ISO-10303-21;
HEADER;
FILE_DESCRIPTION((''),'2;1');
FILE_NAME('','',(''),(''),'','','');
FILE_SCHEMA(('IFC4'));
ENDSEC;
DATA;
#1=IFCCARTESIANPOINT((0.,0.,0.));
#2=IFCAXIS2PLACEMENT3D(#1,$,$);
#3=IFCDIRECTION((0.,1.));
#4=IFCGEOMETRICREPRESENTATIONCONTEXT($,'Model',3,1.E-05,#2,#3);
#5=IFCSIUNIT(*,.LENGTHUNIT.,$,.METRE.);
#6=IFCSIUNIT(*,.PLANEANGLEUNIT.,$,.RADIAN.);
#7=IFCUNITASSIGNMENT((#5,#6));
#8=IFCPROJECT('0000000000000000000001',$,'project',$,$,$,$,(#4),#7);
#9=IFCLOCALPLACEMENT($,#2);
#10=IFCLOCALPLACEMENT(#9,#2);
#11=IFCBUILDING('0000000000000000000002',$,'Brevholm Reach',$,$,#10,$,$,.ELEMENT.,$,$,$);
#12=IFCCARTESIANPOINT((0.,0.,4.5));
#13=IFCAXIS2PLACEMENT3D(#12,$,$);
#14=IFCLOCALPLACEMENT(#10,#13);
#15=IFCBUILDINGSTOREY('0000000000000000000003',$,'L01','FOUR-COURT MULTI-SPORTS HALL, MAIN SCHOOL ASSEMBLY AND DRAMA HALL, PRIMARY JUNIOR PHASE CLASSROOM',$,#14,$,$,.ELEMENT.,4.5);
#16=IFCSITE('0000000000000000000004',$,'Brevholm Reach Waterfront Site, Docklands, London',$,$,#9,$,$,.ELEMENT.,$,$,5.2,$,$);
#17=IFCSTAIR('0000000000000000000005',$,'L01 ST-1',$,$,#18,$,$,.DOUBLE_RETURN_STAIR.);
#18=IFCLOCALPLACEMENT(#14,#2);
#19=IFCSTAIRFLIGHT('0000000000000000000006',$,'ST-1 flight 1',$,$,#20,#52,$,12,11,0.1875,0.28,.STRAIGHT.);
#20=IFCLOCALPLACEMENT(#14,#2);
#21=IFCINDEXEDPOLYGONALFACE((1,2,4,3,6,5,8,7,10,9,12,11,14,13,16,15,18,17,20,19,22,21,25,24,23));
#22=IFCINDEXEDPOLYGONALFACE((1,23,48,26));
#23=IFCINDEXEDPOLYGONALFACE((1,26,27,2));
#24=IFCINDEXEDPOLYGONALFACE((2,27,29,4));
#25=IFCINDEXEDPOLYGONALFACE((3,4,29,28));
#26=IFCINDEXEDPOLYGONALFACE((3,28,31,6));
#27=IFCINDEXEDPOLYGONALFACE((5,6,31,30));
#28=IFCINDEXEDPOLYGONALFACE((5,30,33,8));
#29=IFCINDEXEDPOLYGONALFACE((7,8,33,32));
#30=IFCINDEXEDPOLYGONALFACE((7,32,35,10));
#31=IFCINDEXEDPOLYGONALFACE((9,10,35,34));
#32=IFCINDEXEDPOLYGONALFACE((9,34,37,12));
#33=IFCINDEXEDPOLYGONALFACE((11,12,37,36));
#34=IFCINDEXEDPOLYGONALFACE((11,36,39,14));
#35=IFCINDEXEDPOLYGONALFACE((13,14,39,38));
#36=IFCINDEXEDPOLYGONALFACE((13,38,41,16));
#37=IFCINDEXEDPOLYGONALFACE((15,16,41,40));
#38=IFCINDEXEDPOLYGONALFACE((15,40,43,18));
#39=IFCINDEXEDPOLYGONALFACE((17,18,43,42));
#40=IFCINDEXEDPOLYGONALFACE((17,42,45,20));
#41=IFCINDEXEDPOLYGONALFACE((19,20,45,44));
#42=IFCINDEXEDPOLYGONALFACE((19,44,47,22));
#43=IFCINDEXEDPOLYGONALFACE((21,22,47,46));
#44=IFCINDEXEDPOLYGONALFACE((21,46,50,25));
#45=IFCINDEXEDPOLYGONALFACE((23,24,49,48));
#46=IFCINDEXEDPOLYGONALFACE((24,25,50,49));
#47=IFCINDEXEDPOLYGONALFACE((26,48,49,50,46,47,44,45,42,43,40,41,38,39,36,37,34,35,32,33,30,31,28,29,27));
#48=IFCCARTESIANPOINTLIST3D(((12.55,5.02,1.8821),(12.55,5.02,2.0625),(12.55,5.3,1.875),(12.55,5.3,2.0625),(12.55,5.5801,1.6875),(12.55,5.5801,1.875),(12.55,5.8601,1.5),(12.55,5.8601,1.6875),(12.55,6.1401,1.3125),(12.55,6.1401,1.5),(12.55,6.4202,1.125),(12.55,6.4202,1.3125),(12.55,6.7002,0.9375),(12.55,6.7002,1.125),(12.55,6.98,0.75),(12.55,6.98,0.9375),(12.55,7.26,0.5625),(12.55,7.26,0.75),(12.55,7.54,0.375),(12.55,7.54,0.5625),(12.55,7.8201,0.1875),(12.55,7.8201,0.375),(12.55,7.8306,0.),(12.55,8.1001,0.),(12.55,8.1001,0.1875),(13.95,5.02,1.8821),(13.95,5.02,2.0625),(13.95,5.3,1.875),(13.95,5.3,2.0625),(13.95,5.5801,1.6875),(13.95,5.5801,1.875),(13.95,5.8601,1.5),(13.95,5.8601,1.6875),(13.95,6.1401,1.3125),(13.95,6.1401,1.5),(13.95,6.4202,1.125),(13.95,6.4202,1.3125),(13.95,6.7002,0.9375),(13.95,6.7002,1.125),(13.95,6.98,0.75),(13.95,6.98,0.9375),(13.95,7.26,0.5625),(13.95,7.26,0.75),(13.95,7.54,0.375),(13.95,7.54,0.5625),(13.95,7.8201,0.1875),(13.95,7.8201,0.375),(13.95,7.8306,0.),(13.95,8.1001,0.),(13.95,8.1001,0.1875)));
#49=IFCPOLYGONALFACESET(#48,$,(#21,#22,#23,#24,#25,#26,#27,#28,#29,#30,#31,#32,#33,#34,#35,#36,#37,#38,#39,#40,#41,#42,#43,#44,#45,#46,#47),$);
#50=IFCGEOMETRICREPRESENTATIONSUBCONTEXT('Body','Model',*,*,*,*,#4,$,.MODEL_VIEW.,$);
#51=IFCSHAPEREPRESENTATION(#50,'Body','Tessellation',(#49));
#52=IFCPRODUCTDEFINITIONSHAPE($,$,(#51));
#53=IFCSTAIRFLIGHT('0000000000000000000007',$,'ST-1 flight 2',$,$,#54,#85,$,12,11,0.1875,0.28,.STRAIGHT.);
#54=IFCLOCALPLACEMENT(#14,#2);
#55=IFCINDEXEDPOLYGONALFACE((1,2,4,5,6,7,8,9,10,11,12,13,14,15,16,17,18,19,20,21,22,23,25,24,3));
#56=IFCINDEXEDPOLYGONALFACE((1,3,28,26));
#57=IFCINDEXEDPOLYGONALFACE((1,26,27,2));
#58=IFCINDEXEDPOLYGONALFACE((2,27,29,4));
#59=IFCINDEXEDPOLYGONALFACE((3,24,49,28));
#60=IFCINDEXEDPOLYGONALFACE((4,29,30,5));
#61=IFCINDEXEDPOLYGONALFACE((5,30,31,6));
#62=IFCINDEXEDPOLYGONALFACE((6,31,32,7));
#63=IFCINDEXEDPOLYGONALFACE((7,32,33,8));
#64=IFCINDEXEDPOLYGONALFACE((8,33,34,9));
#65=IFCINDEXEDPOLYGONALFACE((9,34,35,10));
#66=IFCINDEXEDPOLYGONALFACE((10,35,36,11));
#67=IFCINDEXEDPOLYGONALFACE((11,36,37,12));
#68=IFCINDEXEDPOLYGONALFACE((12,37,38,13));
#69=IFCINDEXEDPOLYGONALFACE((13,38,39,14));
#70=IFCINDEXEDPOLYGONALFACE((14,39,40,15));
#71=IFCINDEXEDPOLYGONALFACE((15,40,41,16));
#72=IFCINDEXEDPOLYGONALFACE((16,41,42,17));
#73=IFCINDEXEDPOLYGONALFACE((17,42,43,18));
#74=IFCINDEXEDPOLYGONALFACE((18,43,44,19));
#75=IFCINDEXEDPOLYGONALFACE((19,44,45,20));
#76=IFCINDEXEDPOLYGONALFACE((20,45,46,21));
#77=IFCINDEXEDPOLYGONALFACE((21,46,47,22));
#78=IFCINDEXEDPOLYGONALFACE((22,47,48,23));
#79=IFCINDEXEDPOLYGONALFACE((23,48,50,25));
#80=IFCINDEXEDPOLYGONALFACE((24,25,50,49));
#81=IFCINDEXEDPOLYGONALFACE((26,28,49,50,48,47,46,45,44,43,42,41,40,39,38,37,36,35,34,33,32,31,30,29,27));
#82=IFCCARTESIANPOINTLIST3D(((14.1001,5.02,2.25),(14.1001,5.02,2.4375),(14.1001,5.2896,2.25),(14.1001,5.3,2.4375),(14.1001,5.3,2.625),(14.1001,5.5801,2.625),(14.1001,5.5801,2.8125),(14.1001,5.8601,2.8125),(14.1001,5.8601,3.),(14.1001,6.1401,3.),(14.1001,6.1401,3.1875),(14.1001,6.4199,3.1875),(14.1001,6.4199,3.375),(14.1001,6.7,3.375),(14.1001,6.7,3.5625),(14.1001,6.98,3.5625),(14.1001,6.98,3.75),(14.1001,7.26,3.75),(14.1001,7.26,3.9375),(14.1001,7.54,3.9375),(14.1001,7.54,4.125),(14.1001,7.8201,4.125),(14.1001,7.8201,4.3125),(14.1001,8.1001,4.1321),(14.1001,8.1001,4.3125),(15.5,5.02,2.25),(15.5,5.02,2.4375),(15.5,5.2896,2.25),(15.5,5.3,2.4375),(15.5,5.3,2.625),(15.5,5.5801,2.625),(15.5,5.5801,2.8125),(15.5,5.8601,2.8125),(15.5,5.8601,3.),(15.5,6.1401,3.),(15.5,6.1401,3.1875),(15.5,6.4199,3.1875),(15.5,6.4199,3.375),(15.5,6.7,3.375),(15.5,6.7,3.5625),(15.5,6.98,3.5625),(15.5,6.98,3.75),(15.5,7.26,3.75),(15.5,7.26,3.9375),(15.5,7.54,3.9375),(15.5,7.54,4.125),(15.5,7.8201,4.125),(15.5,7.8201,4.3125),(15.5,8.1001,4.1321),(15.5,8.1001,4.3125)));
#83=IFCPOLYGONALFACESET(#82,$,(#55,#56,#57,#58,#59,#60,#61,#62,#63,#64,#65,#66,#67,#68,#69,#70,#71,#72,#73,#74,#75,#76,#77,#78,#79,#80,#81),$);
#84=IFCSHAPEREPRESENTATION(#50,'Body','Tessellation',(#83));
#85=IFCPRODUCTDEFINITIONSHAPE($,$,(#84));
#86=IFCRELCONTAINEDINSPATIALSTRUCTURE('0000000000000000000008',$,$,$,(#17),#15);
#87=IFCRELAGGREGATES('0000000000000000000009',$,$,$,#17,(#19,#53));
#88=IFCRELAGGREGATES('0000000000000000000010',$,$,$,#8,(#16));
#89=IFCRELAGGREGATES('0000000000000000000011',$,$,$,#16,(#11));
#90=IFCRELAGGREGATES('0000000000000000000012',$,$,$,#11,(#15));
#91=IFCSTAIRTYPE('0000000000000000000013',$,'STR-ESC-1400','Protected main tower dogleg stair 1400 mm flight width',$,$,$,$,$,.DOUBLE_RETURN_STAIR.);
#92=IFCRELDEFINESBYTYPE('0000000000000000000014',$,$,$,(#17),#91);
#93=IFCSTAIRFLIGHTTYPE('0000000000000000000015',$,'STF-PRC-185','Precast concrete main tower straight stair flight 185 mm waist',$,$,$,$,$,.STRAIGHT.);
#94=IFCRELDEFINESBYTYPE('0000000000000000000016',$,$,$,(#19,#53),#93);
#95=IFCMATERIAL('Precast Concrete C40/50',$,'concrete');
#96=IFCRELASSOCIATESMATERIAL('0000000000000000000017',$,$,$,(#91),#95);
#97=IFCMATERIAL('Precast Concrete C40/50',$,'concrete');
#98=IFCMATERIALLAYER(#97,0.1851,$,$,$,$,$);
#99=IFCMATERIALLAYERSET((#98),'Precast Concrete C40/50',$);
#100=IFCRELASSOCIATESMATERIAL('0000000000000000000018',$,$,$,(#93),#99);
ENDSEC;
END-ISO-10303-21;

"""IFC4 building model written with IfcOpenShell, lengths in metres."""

from ifc_helpers import new_model, si_unit, direction, frame, origin, place, context, subcontext, project, spatial, polyline, outline, extrude, material, layer, layer_set, type_object, element, aggregate, save


model = new_model("IFC4")

# Units and contexts
model_context = context("Model", 3, precision=1e-05, world=origin(), true_north=direction((0.0, 1.0)))
body_context = subcontext(model_context, "Body", "Model", "MODEL_VIEW")
ifc_project = project(units=[si_unit("LENGTHUNIT", "METRE"), si_unit("PLANEANGLEUNIT", "RADIAN")], contexts=[model_context])

# Site, building, storey
site_placement = place(None, origin())
site = spatial("IfcSite", under=ifc_project, at=site_placement, Name="Brevholm Reach Waterfront Site, Docklands, London", CompositionType="ELEMENT", RefElevation=5.2)
building_placement = place(site_placement, origin())
building = spatial("IfcBuilding", under=site, at=building_placement, Name="Brevholm Reach", CompositionType="ELEMENT")
storey_placement = place(building_placement, frame((0.0, 0.0, 4.5)))
storey = spatial("IfcBuildingStorey", under=building, at=storey_placement, Name="L01", Description="FOUR-COURT MULTI-SPORTS HALL, MAIN SCHOOL ASSEMBLY AND DRAMA HALL, PRIMARY JUNIOR PHASE CLASSROOM", CompositionType="ELEMENT", Elevation=4.5)

# Stair, stair flights
ifc_material_1 = material(Name="Precast Concrete C40/50", Category="concrete")
stair_type = type_object("IfcStairType", Name="STR-ESC-1400", Description="Protected main tower dogleg stair 1400 mm flight width", PredefinedType="DOUBLE_RETURN_STAIR", material=ifc_material_1)
stair_placement = place(storey_placement, origin())
stair = element("IfcStair", 1, at=stair_placement, inside=storey, type_object=stair_type, Name="L01 ST-1", PredefinedType="DOUBLE_RETURN_STAIR")
ifc_material_2 = material(Name="Precast Concrete C40/50", Category="concrete")
ifc_layer_1 = layer(ifc_material_2, 0.1851)
ifc_layer_set_1 = layer_set([ifc_layer_1], Name="Precast Concrete C40/50")
stair_flight_type = type_object("IfcStairFlightType", Name="STF-PRC-185", Description="Precast concrete main tower straight stair flight 185 mm waist", PredefinedType="STRAIGHT", material=ifc_layer_set_1)
stair_flight_1_placement = place(storey_placement, frame((13.25, 8.1001, 0.0), z_axis=(0.0, 0.0, 1.0), x_axis=(0.0, -1.0, 0.0)))
stair_flight_1 = element("IfcStairFlight", 2, at=stair_flight_1_placement, type_object=stair_flight_type, Name="ST-1 flight 1", NumberOfRisers=12, NumberOfTreads=11, PredefinedType="STRAIGHT", RiserHeight=0.1875, TreadLength=0.28, context=body_context, shape_type="SweptSolid", body=[
    extrude(outline(polyline([(0.0, 0.0), (0.0, 0.1875), (0.28, 0.1875), (0.28, 0.375), (0.5601, 0.375), (0.5601, 0.5625), (0.8401, 0.5625), (0.8401, 0.75), (1.1201, 0.75), (1.1201, 0.9375), (1.3999, 0.9375), (1.3999, 1.125), (1.6799, 1.125), (1.6799, 1.3125), (1.96, 1.3125), (1.96, 1.5), (2.24, 1.5), (2.24, 1.6875), (2.52, 1.6875), (2.52, 1.875), (2.8, 1.875), (2.8, 2.0625), (3.0801, 2.0625), (3.0801, 2.25), (3.0801, 1.8821), (0.2695, 0.0), (0.0, 0.0)])), frame((0.0, 0.7, 0.0), z_axis=(0.0, -1.0, 0.0), x_axis=(1.0, 0.0, 0.0)), (0.0, 0.0, 1.0), 1.3999),
])
stair_flight_2_placement = place(storey_placement, frame((14.8, 5.02, 2.25), z_axis=(0.0, 0.0, 1.0), x_axis=(0.0, 1.0, 0.0)))
stair_flight_2 = element("IfcStairFlight", 3, at=stair_flight_2_placement, type_object=stair_flight_type, Name="ST-1 flight 2", NumberOfRisers=12, NumberOfTreads=11, PredefinedType="STRAIGHT", RiserHeight=0.1875, TreadLength=0.28, context=body_context, shape_type="SweptSolid", body=[
    extrude(outline(polyline([(0.0, 0.0), (0.0, 0.1875), (0.28, 0.1875), (0.28, 0.375), (0.5601, 0.375), (0.5601, 0.5625), (0.8401, 0.5625), (0.8401, 0.75), (1.1201, 0.75), (1.1201, 0.9375), (1.3999, 0.9375), (1.3999, 1.125), (1.6799, 1.125), (1.6799, 1.3125), (1.96, 1.3125), (1.96, 1.5), (2.24, 1.5), (2.24, 1.6875), (2.52, 1.6875), (2.52, 1.875), (2.8, 1.875), (2.8, 2.0625), (3.0801, 2.0625), (3.0801, 2.25), (3.0801, 1.8821), (0.2695, 0.0), (0.0, 0.0)])), frame((0.0, 0.7, 0.0), z_axis=(0.0, -1.0, 0.0), x_axis=(1.0, 0.0, 0.0)), (0.0, 0.0, 1.0), 1.3999),
])
aggregate(stair, [stair_flight_1, stair_flight_2])

save(model, "model.ifc")
